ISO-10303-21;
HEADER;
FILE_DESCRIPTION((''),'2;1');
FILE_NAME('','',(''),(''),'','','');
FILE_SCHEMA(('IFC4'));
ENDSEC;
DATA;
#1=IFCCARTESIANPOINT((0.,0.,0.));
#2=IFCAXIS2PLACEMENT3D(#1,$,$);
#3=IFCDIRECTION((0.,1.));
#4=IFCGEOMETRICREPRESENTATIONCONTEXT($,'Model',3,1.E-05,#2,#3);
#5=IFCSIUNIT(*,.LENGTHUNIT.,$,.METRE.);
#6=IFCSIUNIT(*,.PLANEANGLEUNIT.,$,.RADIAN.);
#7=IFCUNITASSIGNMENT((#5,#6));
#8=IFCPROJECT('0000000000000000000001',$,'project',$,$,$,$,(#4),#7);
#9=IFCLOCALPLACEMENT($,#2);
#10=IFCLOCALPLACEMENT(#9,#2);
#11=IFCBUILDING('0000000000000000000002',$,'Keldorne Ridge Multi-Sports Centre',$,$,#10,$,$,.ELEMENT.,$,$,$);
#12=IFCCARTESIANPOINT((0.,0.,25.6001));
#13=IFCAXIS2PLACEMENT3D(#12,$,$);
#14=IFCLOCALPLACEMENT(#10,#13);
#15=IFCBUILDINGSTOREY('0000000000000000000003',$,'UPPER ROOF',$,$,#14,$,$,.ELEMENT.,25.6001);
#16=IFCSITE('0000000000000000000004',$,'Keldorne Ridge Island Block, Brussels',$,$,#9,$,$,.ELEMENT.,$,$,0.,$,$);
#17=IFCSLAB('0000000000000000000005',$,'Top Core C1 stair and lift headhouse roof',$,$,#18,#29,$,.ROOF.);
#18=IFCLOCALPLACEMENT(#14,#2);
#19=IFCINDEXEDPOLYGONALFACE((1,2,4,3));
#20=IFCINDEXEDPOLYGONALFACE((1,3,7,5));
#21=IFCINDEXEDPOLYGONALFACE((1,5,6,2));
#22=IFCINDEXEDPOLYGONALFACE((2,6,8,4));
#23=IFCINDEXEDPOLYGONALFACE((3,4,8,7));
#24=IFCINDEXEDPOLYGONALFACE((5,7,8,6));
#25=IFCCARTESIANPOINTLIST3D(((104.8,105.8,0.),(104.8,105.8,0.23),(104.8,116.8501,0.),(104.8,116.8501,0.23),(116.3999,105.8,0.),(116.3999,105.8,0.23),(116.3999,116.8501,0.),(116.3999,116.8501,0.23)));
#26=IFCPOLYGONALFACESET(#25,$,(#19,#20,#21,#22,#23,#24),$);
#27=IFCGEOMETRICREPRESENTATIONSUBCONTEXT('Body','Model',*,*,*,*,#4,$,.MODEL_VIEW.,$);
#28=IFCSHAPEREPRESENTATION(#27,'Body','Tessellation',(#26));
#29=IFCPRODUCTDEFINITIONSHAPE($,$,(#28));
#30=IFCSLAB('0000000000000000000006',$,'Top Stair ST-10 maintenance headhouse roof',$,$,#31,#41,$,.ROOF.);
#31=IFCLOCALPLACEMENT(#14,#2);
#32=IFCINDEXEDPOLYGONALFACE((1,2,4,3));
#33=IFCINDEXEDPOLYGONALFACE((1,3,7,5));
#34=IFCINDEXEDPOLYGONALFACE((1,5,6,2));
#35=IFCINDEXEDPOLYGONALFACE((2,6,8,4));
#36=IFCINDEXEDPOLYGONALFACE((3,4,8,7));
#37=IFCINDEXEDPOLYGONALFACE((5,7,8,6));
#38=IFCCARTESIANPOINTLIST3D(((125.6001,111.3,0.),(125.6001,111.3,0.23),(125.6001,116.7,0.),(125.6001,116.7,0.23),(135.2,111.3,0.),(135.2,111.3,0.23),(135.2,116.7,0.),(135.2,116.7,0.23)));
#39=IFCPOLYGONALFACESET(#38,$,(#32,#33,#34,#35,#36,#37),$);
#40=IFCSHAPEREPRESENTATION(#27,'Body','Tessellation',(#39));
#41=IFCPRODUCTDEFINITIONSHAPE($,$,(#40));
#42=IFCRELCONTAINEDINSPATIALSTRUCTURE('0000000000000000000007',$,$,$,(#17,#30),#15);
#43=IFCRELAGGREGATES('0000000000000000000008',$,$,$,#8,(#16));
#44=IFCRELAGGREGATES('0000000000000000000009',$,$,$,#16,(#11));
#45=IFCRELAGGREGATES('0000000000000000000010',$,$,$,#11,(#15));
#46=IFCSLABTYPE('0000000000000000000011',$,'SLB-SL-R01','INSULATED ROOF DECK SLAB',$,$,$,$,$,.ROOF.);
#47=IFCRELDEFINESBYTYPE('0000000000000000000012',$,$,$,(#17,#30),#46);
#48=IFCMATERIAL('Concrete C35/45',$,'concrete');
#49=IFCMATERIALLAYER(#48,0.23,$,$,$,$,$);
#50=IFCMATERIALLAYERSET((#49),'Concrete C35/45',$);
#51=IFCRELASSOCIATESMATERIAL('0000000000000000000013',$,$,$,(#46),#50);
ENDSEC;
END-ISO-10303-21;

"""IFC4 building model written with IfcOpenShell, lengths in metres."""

from ifc_helpers import new_model, si_unit, direction, frame, origin, place, context, subcontext, project, spatial, polyline, outline, extrude, material, layer, layer_set, type_object, element, save


model = new_model("IFC4")

# Units and contexts
model_context = context("Model", 3, precision=1e-05, world=origin(), true_north=direction((0.0, 1.0)))
body_context = subcontext(model_context, "Body", "Model", "MODEL_VIEW")
ifc_project = project(units=[si_unit("LENGTHUNIT", "METRE"), si_unit("PLANEANGLEUNIT", "RADIAN")], contexts=[model_context])

# Site, building, storey
site_placement = place(None, origin())
site = spatial("IfcSite", under=ifc_project, at=site_placement, Name="Keldorne Ridge Island Block, Brussels", CompositionType="ELEMENT", RefElevation=0.0)
building_placement = place(site_placement, origin())
building = spatial("IfcBuilding", under=site, at=building_placement, Name="Keldorne Ridge Multi-Sports Centre", CompositionType="ELEMENT")
storey_placement = place(building_placement, frame((0.0, 0.0, 25.6001)))
storey = spatial("IfcBuildingStorey", under=building, at=storey_placement, Name="UPPER ROOF", CompositionType="ELEMENT", Elevation=25.6001)

# Slabs
ifc_material = material(Name="Concrete C35/45", Category="concrete")
ifc_layer = layer(ifc_material, 0.23)
ifc_layer_set = layer_set([ifc_layer], Name="Concrete C35/45")
slab_type = type_object("IfcSlabType", Name="SLB-SL-R01", Description="INSULATED ROOF DECK SLAB", PredefinedType="ROOF", material=ifc_layer_set)
slab_1_placement = place(storey_placement, origin())
element("IfcSlab", 1, at=slab_1_placement, inside=storey, type_object=slab_type, Name="Top Core C1 stair and lift headhouse roof", PredefinedType="ROOF", context=body_context, shape_type="SweptSolid", body=[
    extrude(outline(polyline([(104.8, 105.8), (116.3999, 105.8), (116.3999, 116.8501), (104.8, 116.8501), (104.8, 105.8)])), origin(), (0.0, 0.0, 1.0), 0.23),
])
slab_2_placement = place(storey_placement, origin())
element("IfcSlab", 2, at=slab_2_placement, inside=storey, type_object=slab_type, Name="Top Stair ST-10 maintenance headhouse roof", PredefinedType="ROOF", context=body_context, shape_type="SweptSolid", body=[
    extrude(outline(polyline([(125.6001, 111.3), (135.2, 111.3), (135.2, 116.7), (125.6001, 116.7), (125.6001, 111.3)])), origin(), (0.0, 0.0, 1.0), 0.23),
])

save(model, "model.ifc")
